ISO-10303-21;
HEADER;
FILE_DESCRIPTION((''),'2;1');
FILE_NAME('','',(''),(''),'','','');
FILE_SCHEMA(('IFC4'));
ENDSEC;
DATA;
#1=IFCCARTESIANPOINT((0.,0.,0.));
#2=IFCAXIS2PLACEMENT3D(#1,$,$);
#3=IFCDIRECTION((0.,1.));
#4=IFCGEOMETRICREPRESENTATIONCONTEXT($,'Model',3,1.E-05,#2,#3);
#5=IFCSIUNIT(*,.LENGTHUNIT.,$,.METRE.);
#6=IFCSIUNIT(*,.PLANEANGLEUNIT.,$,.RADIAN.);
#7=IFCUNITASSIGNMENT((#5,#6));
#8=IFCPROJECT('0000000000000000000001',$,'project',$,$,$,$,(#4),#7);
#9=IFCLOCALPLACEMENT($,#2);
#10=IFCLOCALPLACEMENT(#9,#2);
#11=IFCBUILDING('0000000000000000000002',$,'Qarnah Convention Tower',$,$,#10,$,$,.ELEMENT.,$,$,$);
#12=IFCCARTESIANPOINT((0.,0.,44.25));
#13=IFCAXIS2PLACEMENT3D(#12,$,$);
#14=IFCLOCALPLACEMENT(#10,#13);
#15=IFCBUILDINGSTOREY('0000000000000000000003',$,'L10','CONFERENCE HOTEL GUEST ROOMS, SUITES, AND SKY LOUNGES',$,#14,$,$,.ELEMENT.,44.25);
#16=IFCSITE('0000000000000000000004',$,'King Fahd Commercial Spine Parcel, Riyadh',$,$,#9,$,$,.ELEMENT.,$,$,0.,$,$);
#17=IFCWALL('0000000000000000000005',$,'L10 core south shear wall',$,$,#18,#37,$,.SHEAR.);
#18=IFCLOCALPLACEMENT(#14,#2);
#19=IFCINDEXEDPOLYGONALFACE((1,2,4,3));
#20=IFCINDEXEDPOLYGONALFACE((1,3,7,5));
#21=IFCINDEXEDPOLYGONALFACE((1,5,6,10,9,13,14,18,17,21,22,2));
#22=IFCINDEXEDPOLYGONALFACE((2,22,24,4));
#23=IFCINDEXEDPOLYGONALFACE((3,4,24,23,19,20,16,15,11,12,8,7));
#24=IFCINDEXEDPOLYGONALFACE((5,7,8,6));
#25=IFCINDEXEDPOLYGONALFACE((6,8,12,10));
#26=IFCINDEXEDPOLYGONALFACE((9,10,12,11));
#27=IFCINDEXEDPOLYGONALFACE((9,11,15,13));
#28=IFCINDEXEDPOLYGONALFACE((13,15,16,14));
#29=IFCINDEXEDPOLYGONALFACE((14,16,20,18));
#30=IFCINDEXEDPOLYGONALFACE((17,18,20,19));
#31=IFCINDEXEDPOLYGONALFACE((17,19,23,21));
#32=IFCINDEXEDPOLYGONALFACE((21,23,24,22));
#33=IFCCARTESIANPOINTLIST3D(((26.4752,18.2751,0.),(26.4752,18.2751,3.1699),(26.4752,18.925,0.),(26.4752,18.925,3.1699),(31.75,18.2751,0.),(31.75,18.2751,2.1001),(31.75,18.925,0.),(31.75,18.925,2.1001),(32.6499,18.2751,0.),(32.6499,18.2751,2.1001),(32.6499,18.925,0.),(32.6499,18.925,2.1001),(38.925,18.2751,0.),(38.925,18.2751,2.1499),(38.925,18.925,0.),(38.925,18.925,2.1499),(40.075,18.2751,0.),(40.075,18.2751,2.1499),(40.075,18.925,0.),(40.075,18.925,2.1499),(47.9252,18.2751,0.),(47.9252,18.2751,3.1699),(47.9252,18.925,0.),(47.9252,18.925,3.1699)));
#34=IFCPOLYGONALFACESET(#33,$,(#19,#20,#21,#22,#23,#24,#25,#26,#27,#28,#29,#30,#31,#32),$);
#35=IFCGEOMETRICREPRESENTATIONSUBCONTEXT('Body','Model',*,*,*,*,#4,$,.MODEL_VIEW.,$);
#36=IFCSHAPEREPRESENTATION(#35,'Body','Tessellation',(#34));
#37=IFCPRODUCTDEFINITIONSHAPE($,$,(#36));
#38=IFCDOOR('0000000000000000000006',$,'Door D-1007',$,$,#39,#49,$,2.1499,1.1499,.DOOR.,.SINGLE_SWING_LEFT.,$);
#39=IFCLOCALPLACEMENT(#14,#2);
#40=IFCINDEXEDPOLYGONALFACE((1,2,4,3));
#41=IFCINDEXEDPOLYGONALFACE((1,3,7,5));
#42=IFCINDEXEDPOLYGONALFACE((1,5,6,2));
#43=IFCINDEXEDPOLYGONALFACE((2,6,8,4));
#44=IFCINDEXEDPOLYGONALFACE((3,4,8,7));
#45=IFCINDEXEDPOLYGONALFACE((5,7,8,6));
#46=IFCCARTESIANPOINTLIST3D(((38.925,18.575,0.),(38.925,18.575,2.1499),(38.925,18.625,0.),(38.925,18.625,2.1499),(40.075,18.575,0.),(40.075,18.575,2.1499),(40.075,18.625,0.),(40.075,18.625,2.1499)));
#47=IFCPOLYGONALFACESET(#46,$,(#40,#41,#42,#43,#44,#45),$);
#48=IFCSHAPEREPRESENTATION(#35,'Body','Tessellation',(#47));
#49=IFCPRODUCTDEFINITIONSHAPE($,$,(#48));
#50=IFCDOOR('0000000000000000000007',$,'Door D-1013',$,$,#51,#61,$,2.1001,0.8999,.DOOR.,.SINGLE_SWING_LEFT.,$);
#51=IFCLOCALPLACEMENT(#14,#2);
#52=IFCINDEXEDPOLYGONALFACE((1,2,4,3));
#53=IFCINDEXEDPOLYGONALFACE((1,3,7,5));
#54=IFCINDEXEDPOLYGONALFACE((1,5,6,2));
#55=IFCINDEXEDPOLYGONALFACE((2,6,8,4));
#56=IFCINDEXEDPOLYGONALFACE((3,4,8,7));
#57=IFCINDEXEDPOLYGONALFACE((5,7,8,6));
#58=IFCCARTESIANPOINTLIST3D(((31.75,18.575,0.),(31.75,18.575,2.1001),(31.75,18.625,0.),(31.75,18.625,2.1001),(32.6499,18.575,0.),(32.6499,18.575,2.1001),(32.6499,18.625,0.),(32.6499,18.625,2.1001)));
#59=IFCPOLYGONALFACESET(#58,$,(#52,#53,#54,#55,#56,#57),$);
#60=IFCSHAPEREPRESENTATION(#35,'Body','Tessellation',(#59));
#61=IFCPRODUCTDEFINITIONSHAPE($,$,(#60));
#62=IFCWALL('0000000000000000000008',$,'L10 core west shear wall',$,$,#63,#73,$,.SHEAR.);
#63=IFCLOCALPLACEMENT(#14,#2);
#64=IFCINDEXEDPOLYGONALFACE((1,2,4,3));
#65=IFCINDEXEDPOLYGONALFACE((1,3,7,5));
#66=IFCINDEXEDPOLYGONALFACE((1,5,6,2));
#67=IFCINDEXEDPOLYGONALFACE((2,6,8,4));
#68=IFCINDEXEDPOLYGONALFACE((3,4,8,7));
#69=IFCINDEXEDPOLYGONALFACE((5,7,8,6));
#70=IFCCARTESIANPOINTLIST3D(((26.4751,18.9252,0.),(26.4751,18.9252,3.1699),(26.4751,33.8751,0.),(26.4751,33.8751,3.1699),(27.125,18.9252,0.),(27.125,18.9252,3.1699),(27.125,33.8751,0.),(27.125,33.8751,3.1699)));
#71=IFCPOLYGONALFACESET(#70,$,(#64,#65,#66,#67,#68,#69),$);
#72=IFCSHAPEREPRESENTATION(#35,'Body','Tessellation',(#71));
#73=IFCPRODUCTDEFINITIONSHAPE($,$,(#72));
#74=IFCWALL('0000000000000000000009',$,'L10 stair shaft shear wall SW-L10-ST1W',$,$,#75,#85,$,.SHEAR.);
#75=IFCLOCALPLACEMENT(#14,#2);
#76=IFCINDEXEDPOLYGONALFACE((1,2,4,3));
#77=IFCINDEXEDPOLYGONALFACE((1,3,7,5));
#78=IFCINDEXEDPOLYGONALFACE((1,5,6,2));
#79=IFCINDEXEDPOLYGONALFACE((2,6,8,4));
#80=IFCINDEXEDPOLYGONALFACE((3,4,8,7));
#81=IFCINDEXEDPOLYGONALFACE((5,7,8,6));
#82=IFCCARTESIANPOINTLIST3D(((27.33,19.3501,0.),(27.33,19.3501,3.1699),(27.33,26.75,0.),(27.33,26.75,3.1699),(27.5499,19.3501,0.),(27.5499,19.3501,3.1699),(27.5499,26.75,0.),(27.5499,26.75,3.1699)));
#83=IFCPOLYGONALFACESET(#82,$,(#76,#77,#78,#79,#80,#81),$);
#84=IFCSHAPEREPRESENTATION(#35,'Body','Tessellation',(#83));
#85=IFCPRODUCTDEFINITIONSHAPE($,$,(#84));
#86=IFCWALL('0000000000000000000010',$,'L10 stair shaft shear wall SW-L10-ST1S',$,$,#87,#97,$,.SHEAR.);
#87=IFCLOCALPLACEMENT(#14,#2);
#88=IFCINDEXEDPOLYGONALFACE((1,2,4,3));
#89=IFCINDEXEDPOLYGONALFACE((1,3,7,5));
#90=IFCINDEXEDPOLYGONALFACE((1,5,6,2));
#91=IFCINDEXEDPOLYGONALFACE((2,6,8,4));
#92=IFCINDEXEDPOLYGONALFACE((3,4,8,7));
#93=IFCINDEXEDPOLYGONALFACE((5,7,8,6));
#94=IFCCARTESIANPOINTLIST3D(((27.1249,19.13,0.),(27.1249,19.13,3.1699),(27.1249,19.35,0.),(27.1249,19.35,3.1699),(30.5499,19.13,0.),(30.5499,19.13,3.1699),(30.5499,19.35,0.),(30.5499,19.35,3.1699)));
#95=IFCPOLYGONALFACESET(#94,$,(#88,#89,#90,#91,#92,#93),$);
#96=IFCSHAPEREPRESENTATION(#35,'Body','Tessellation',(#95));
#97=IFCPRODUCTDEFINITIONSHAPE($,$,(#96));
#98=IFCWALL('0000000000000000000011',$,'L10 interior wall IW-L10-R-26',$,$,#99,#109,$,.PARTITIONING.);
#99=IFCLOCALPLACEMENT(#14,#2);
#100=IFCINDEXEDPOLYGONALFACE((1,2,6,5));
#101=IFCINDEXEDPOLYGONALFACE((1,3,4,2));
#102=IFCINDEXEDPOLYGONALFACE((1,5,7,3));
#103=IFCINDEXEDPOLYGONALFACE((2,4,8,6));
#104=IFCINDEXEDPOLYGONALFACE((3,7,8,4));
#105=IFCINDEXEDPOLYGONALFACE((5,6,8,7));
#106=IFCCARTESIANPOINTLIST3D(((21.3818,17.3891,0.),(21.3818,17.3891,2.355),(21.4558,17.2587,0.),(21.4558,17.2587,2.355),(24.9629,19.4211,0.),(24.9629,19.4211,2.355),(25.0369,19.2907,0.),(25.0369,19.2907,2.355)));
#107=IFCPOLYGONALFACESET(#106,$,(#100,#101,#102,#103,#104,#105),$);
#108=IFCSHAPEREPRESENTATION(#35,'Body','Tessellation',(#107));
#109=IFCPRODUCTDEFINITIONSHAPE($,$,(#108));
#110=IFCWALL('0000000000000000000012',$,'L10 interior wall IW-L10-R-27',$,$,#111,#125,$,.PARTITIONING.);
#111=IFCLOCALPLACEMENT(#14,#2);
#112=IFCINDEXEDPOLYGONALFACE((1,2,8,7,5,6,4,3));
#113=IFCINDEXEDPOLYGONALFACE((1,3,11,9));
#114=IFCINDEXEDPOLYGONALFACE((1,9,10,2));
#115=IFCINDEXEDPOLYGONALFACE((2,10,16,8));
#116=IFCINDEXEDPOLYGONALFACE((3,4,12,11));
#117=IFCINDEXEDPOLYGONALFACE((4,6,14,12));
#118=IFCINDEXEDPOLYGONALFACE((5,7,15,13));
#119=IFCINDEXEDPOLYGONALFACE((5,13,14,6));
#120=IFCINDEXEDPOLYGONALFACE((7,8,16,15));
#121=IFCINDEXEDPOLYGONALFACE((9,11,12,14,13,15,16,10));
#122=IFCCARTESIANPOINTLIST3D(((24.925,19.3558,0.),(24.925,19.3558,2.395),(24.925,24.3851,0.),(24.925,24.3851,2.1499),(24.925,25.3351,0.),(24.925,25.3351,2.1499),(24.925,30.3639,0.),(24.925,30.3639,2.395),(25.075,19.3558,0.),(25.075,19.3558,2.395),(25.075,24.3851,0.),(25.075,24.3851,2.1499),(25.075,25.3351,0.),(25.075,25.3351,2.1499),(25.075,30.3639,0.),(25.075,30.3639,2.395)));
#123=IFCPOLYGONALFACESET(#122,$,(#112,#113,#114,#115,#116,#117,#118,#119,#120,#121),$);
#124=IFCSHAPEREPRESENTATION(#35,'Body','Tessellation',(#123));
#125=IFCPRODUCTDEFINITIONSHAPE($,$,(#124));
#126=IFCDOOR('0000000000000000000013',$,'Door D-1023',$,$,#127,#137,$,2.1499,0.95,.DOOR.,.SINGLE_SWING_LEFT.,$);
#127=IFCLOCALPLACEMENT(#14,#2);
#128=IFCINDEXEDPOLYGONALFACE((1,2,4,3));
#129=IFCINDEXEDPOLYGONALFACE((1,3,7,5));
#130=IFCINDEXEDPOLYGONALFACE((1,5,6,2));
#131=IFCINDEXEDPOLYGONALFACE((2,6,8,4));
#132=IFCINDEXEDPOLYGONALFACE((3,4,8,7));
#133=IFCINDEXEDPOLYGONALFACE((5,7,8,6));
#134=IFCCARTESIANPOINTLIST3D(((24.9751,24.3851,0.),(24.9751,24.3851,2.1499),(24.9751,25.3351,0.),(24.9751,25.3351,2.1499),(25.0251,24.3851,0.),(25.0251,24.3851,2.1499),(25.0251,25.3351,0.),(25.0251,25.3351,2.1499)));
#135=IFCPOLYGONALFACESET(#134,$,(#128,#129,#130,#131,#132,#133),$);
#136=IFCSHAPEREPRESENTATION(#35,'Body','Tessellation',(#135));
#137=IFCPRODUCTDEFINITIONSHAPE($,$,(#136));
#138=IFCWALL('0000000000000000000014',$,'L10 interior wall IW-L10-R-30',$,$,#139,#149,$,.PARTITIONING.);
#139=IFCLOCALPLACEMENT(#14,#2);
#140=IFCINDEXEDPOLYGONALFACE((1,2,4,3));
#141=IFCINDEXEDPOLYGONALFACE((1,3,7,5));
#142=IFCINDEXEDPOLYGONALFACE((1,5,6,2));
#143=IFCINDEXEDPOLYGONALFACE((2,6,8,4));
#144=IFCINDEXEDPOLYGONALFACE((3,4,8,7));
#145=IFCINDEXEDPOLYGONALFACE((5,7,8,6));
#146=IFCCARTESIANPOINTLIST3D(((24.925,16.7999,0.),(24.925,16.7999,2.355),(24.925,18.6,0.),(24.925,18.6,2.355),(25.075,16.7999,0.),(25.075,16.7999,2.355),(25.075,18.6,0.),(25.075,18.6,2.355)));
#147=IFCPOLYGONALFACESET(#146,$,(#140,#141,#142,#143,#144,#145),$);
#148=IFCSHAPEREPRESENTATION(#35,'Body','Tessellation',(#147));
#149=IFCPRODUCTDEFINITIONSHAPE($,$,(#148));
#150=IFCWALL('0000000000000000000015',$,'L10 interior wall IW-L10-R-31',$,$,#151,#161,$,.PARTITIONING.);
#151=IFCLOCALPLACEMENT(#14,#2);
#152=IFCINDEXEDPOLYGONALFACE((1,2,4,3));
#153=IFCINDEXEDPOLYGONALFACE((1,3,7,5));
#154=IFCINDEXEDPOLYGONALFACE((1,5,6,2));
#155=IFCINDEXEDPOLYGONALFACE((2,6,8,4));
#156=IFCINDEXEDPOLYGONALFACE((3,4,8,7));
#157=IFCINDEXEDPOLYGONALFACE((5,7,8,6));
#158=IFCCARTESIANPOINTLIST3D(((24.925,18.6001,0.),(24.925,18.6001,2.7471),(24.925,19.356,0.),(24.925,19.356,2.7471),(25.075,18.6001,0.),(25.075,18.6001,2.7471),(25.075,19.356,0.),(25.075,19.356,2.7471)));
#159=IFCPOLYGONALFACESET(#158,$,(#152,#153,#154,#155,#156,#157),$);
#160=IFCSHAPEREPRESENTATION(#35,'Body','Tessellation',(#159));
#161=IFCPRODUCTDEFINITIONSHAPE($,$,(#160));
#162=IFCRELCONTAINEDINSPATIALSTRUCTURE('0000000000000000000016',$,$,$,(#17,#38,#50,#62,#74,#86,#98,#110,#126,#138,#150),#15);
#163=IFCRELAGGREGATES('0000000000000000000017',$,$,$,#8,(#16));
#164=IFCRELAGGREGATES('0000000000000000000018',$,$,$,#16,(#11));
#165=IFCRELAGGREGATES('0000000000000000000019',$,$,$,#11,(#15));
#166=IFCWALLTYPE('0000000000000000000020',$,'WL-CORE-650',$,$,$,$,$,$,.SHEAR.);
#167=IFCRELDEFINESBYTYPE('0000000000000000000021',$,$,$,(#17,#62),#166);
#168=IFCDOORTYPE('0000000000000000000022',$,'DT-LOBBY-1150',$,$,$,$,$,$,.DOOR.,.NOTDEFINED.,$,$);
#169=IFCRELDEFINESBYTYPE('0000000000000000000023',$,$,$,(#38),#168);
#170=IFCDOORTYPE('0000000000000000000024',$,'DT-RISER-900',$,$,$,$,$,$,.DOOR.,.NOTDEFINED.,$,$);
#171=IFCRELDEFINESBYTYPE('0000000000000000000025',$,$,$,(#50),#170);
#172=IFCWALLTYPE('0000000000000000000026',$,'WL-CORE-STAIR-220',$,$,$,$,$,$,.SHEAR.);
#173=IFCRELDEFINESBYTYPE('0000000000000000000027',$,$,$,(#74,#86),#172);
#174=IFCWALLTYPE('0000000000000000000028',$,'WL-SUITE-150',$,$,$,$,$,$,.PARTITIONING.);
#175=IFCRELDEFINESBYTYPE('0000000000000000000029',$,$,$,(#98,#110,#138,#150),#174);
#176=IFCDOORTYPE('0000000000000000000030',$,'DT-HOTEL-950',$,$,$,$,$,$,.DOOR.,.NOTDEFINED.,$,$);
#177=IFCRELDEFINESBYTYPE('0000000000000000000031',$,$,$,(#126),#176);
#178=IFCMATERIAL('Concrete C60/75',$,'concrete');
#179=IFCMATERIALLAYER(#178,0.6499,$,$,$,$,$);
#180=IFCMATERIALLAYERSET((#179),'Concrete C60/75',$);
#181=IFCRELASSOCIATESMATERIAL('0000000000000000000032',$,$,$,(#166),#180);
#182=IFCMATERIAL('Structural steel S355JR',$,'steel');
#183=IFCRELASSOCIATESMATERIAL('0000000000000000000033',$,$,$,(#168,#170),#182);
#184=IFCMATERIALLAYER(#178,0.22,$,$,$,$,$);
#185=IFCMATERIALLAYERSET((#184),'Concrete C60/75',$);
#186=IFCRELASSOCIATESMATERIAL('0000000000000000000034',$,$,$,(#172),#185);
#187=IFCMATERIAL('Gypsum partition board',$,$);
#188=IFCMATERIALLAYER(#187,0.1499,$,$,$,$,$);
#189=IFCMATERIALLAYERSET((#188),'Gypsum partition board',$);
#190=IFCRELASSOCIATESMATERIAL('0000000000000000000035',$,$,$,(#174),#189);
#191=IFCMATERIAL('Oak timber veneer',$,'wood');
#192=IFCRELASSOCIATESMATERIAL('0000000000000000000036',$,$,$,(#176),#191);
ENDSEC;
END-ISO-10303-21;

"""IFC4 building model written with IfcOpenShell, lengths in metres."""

from ifc_helpers import new_model, si_unit, direction, frame, frame_2d, origin, place, context, subcontext, project, spatial, rectangle, extrude, material, layer, layer_set, type_object, element, fill, save


model = new_model("IFC4")

# Units and contexts
model_context = context("Model", 3, precision=1e-05, world=origin(), true_north=direction((0.0, 1.0)))
body_context = subcontext(model_context, "Body", "Model", "MODEL_VIEW")
ifc_project = project(units=[si_unit("LENGTHUNIT", "METRE"), si_unit("PLANEANGLEUNIT", "RADIAN")], contexts=[model_context])

# Site, building, storey
site_placement = place(None, origin())
site = spatial("IfcSite", under=ifc_project, at=site_placement, Name="King Fahd Commercial Spine Parcel, Riyadh", CompositionType="ELEMENT", RefElevation=0.0)
building_placement = place(site_placement, origin())
building = spatial("IfcBuilding", under=site, at=building_placement, Name="Qarnah Convention Tower", CompositionType="ELEMENT")
storey_placement = place(building_placement, frame((0.0, 0.0, 44.25)))
storey = spatial("IfcBuildingStorey", under=building, at=storey_placement, Name="L10", Description="CONFERENCE HOTEL GUEST ROOMS, SUITES, AND SKY LOUNGES", CompositionType="ELEMENT", Elevation=44.25)

# Shared definitions
ifc_material_1 = material(Name="Concrete C60/75", Category="concrete")
ifc_material_2 = material(Name="Structural steel S355JR", Category="steel")

# Wall, openings, doors
ifc_layer_1 = layer(ifc_material_1, 0.6499)
ifc_layer_set_1 = layer_set([ifc_layer_1], Name="Concrete C60/75")
wall_type_1 = type_object("IfcWallType", Name="WL-CORE-650", PredefinedType="SHEAR", material=ifc_layer_set_1)
wall_1_placement = place(storey_placement, frame((26.4751, 18.6001, 0.0), z_axis=(0.0, 0.0, 1.0), x_axis=(1.0, 0.0, 0.0)))
wall_1 = element("IfcWall", 1, at=wall_1_placement, inside=storey, type_object=wall_type_1, Name="L10 core south shear wall", PredefinedType="SHEAR", context=body_context, shape_type="SweptSolid", body=[
    extrude(rectangle(XDim=21.45, YDim=0.6499, at=frame_2d((10.7251, 0.0))), origin(), (0.0, 0.0, 1.0), 3.1699),
])
opening_1_placement = place(wall_1_placement, frame((12.45, 0.0, 0.0)))
opening_1 = element("IfcOpeningElement", 2, at=opening_1_placement, cuts=wall_1, PredefinedType="OPENING", context=body_context, shape_type="SweptSolid", body=[
    extrude(rectangle(XDim=1.1499, YDim=2.1499, at=frame_2d((0.575, 1.075))), frame((0.0, 0.335, 0.0), z_axis=(0.0, -1.0, 0.0), x_axis=(1.0, 0.0, 0.0)), (0.0, 0.0, 1.0), 0.6699),
])
opening_2_placement = place(wall_1_placement, frame((5.2749, 0.0, 0.0)))
opening_2 = element("IfcOpeningElement", 3, at=opening_2_placement, cuts=wall_1, PredefinedType="OPENING", context=body_context, shape_type="SweptSolid", body=[
    extrude(rectangle(XDim=0.8999, YDim=2.1001, at=frame_2d((0.45, 1.05))), frame((0.0, 0.335, 0.0), z_axis=(0.0, -1.0, 0.0), x_axis=(1.0, 0.0, 0.0)), (0.0, 0.0, 1.0), 0.6699),
])
door_type_1 = type_object("IfcDoorType", Name="DT-LOBBY-1150", OperationType="NOTDEFINED", PredefinedType="DOOR", material=ifc_material_2)
door_1_placement = place(opening_1_placement, origin())
door_1 = element("IfcDoor", 4, at=door_1_placement, inside=storey, type_object=door_type_1, Name="Door D-1007", OperationType="SINGLE_SWING_LEFT", OverallHeight=2.1499, OverallWidth=1.1499, PredefinedType="DOOR", context=body_context, shape_type="SweptSolid", body=[
    extrude(rectangle(XDim=1.1499, YDim=2.1499, at=frame_2d((0.575, 1.075))), frame((0.0, 0.0249, 0.0), z_axis=(0.0, -1.0, 0.0), x_axis=(1.0, 0.0, 0.0)), (0.0, 0.0, 1.0), 0.05),
])
fill(opening_1, door_1)
door_type_2 = type_object("IfcDoorType", Name="DT-RISER-900", OperationType="NOTDEFINED", PredefinedType="DOOR", material=ifc_material_2)
door_2_placement = place(opening_2_placement, origin())
door_2 = element("IfcDoor", 5, at=door_2_placement, inside=storey, type_object=door_type_2, Name="Door D-1013", OperationType="SINGLE_SWING_LEFT", OverallHeight=2.1001, OverallWidth=0.8999, PredefinedType="DOOR", context=body_context, shape_type="SweptSolid", body=[
    extrude(rectangle(XDim=0.8999, YDim=2.1001, at=frame_2d((0.45, 1.05))), frame((0.0, 0.0249, 0.0), z_axis=(0.0, -1.0, 0.0), x_axis=(1.0, 0.0, 0.0)), (0.0, 0.0, 1.0), 0.05),
])
fill(opening_2, door_2)

# Walls
wall_2_placement = place(storey_placement, frame((26.8, 18.925, 0.0), z_axis=(0.0, 0.0, 1.0), x_axis=(0.0, 1.0, 0.0)))
element("IfcWall", 6, at=wall_2_placement, inside=storey, type_object=wall_type_1, Name="L10 core west shear wall", PredefinedType="SHEAR", context=body_context, shape_type="SweptSolid", body=[
    extrude(rectangle(XDim=14.95, YDim=0.6499, at=frame_2d((7.4751, 0.0))), origin(), (0.0, 0.0, 1.0), 3.1699),
])
ifc_layer_2 = layer(ifc_material_1, 0.22)
ifc_layer_set_2 = layer_set([ifc_layer_2], Name="Concrete C60/75")
wall_type_2 = type_object("IfcWallType", Name="WL-CORE-STAIR-220", PredefinedType="SHEAR", material=ifc_layer_set_2)
wall_3_placement = place(storey_placement, frame((27.4399, 19.3501, 0.0), z_axis=(0.0, 0.0, 1.0), x_axis=(0.0, 1.0, 0.0)))
element("IfcWall", 7, at=wall_3_placement, inside=storey, type_object=wall_type_2, Name="L10 stair shaft shear wall SW-L10-ST1W", PredefinedType="SHEAR", context=body_context, shape_type="SweptSolid", body=[
    extrude(rectangle(XDim=7.3999, YDim=0.22, at=frame_2d((3.7, 0.0))), origin(), (0.0, 0.0, 1.0), 3.1699),
])
wall_4_placement = place(storey_placement, frame((27.125, 19.24, 0.0), z_axis=(0.0, 0.0, 1.0), x_axis=(1.0, 0.0, 0.0)))
element("IfcWall", 8, at=wall_4_placement, inside=storey, type_object=wall_type_2, Name="L10 stair shaft shear wall SW-L10-ST1S", PredefinedType="SHEAR", context=body_context, shape_type="SweptSolid", body=[
    extrude(rectangle(XDim=3.425, YDim=0.22, at=frame_2d((1.7124, 0.0))), origin(), (0.0, 0.0, 1.0), 3.1699),
])
ifc_material_3 = material(Name="Gypsum partition board")
ifc_layer_3 = layer(ifc_material_3, 0.1499)
ifc_layer_set_3 = layer_set([ifc_layer_3], Name="Gypsum partition board")
wall_type_3 = type_object("IfcWallType", Name="WL-SUITE-150", PredefinedType="PARTITIONING", material=ifc_layer_set_3)
wall_5_placement = place(storey_placement, frame((21.4189, 17.324, 0.0), z_axis=(0.0, 0.0, 1.0), x_axis=(0.869739, 0.493512, 0.0)))
element("IfcWall", 9, at=wall_5_placement, inside=storey, type_object=wall_type_3, Name="L10 interior wall IW-L10-R-26", PredefinedType="PARTITIONING", context=body_context, shape_type="SweptSolid", body=[
    extrude(rectangle(XDim=4.1174, YDim=0.1499, at=frame_2d((2.0586, 0.0))), origin(), (0.0, 0.0, 1.0), 2.355),
])

# Wall, opening, door
wall_6_placement = place(storey_placement, frame((25.0, 19.356, 0.0), z_axis=(0.0, 0.0, 1.0), x_axis=(0.0, 1.0, 0.0)))
wall_6 = element("IfcWall", 10, at=wall_6_placement, inside=storey, type_object=wall_type_3, Name="L10 interior wall IW-L10-R-27", PredefinedType="PARTITIONING", context=body_context, shape_type="SweptSolid", body=[
    extrude(rectangle(XDim=11.0081, YDim=0.1499, at=frame_2d((5.5039, 0.0))), origin(), (0.0, 0.0, 1.0), 2.395),
])
opening_3_placement = place(wall_6_placement, frame((5.0291, 0.0, 0.0)))
opening_3 = element("IfcOpeningElement", 11, at=opening_3_placement, cuts=wall_6, PredefinedType="OPENING", context=body_context, shape_type="SweptSolid", body=[
    extrude(rectangle(XDim=0.95, YDim=2.1499, at=frame_2d((0.4751, 1.075))), frame((0.0, 0.085, 0.0), z_axis=(0.0, -1.0, 0.0), x_axis=(1.0, 0.0, 0.0)), (0.0, 0.0, 1.0), 0.1699),
])
ifc_material_4 = material(Name="Oak timber veneer", Category="wood")
door_type_3 = type_object("IfcDoorType", Name="DT-HOTEL-950", OperationType="NOTDEFINED", PredefinedType="DOOR", material=ifc_material_4)
door_3_placement = place(opening_3_placement, origin())
door_3 = element("IfcDoor", 12, at=door_3_placement, inside=storey, type_object=door_type_3, Name="Door D-1023", OperationType="SINGLE_SWING_LEFT", OverallHeight=2.1499, OverallWidth=0.95, PredefinedType="DOOR", context=body_context, shape_type="SweptSolid", body=[
    extrude(rectangle(XDim=0.95, YDim=2.1499, at=frame_2d((0.4751, 1.075))), frame((0.0, 0.0249, 0.0), z_axis=(0.0, -1.0, 0.0), x_axis=(1.0, 0.0, 0.0)), (0.0, 0.0, 1.0), 0.05),
])
fill(opening_3, door_3)

# Walls
wall_7_placement = place(storey_placement, frame((25.0, 16.8, 0.0), z_axis=(0.0, 0.0, 1.0), x_axis=(0.0, 1.0, 0.0)))
element("IfcWall", 13, at=wall_7_placement, inside=storey, type_object=wall_type_3, Name="L10 interior wall IW-L10-R-30", PredefinedType="PARTITIONING", context=body_context, shape_type="SweptSolid", body=[
    extrude(rectangle(XDim=1.8, YDim=0.1499, at=frame_2d((0.8999, 0.0))), origin(), (0.0, 0.0, 1.0), 2.355),
])
wall_8_placement = place(storey_placement, frame((25.0, 18.6001, 0.0), z_axis=(0.0, 0.0, 1.0), x_axis=(0.0, 1.0, 0.0)))
element("IfcWall", 14, at=wall_8_placement, inside=storey, type_object=wall_type_3, Name="L10 interior wall IW-L10-R-31", PredefinedType="PARTITIONING", context=body_context, shape_type="SweptSolid", body=[
    extrude(rectangle(XDim=0.7559, YDim=0.1499, at=frame_2d((0.3779, 0.0))), origin(), (0.0, 0.0, 1.0), 2.7471),
])

save(model, "model.ifc")
